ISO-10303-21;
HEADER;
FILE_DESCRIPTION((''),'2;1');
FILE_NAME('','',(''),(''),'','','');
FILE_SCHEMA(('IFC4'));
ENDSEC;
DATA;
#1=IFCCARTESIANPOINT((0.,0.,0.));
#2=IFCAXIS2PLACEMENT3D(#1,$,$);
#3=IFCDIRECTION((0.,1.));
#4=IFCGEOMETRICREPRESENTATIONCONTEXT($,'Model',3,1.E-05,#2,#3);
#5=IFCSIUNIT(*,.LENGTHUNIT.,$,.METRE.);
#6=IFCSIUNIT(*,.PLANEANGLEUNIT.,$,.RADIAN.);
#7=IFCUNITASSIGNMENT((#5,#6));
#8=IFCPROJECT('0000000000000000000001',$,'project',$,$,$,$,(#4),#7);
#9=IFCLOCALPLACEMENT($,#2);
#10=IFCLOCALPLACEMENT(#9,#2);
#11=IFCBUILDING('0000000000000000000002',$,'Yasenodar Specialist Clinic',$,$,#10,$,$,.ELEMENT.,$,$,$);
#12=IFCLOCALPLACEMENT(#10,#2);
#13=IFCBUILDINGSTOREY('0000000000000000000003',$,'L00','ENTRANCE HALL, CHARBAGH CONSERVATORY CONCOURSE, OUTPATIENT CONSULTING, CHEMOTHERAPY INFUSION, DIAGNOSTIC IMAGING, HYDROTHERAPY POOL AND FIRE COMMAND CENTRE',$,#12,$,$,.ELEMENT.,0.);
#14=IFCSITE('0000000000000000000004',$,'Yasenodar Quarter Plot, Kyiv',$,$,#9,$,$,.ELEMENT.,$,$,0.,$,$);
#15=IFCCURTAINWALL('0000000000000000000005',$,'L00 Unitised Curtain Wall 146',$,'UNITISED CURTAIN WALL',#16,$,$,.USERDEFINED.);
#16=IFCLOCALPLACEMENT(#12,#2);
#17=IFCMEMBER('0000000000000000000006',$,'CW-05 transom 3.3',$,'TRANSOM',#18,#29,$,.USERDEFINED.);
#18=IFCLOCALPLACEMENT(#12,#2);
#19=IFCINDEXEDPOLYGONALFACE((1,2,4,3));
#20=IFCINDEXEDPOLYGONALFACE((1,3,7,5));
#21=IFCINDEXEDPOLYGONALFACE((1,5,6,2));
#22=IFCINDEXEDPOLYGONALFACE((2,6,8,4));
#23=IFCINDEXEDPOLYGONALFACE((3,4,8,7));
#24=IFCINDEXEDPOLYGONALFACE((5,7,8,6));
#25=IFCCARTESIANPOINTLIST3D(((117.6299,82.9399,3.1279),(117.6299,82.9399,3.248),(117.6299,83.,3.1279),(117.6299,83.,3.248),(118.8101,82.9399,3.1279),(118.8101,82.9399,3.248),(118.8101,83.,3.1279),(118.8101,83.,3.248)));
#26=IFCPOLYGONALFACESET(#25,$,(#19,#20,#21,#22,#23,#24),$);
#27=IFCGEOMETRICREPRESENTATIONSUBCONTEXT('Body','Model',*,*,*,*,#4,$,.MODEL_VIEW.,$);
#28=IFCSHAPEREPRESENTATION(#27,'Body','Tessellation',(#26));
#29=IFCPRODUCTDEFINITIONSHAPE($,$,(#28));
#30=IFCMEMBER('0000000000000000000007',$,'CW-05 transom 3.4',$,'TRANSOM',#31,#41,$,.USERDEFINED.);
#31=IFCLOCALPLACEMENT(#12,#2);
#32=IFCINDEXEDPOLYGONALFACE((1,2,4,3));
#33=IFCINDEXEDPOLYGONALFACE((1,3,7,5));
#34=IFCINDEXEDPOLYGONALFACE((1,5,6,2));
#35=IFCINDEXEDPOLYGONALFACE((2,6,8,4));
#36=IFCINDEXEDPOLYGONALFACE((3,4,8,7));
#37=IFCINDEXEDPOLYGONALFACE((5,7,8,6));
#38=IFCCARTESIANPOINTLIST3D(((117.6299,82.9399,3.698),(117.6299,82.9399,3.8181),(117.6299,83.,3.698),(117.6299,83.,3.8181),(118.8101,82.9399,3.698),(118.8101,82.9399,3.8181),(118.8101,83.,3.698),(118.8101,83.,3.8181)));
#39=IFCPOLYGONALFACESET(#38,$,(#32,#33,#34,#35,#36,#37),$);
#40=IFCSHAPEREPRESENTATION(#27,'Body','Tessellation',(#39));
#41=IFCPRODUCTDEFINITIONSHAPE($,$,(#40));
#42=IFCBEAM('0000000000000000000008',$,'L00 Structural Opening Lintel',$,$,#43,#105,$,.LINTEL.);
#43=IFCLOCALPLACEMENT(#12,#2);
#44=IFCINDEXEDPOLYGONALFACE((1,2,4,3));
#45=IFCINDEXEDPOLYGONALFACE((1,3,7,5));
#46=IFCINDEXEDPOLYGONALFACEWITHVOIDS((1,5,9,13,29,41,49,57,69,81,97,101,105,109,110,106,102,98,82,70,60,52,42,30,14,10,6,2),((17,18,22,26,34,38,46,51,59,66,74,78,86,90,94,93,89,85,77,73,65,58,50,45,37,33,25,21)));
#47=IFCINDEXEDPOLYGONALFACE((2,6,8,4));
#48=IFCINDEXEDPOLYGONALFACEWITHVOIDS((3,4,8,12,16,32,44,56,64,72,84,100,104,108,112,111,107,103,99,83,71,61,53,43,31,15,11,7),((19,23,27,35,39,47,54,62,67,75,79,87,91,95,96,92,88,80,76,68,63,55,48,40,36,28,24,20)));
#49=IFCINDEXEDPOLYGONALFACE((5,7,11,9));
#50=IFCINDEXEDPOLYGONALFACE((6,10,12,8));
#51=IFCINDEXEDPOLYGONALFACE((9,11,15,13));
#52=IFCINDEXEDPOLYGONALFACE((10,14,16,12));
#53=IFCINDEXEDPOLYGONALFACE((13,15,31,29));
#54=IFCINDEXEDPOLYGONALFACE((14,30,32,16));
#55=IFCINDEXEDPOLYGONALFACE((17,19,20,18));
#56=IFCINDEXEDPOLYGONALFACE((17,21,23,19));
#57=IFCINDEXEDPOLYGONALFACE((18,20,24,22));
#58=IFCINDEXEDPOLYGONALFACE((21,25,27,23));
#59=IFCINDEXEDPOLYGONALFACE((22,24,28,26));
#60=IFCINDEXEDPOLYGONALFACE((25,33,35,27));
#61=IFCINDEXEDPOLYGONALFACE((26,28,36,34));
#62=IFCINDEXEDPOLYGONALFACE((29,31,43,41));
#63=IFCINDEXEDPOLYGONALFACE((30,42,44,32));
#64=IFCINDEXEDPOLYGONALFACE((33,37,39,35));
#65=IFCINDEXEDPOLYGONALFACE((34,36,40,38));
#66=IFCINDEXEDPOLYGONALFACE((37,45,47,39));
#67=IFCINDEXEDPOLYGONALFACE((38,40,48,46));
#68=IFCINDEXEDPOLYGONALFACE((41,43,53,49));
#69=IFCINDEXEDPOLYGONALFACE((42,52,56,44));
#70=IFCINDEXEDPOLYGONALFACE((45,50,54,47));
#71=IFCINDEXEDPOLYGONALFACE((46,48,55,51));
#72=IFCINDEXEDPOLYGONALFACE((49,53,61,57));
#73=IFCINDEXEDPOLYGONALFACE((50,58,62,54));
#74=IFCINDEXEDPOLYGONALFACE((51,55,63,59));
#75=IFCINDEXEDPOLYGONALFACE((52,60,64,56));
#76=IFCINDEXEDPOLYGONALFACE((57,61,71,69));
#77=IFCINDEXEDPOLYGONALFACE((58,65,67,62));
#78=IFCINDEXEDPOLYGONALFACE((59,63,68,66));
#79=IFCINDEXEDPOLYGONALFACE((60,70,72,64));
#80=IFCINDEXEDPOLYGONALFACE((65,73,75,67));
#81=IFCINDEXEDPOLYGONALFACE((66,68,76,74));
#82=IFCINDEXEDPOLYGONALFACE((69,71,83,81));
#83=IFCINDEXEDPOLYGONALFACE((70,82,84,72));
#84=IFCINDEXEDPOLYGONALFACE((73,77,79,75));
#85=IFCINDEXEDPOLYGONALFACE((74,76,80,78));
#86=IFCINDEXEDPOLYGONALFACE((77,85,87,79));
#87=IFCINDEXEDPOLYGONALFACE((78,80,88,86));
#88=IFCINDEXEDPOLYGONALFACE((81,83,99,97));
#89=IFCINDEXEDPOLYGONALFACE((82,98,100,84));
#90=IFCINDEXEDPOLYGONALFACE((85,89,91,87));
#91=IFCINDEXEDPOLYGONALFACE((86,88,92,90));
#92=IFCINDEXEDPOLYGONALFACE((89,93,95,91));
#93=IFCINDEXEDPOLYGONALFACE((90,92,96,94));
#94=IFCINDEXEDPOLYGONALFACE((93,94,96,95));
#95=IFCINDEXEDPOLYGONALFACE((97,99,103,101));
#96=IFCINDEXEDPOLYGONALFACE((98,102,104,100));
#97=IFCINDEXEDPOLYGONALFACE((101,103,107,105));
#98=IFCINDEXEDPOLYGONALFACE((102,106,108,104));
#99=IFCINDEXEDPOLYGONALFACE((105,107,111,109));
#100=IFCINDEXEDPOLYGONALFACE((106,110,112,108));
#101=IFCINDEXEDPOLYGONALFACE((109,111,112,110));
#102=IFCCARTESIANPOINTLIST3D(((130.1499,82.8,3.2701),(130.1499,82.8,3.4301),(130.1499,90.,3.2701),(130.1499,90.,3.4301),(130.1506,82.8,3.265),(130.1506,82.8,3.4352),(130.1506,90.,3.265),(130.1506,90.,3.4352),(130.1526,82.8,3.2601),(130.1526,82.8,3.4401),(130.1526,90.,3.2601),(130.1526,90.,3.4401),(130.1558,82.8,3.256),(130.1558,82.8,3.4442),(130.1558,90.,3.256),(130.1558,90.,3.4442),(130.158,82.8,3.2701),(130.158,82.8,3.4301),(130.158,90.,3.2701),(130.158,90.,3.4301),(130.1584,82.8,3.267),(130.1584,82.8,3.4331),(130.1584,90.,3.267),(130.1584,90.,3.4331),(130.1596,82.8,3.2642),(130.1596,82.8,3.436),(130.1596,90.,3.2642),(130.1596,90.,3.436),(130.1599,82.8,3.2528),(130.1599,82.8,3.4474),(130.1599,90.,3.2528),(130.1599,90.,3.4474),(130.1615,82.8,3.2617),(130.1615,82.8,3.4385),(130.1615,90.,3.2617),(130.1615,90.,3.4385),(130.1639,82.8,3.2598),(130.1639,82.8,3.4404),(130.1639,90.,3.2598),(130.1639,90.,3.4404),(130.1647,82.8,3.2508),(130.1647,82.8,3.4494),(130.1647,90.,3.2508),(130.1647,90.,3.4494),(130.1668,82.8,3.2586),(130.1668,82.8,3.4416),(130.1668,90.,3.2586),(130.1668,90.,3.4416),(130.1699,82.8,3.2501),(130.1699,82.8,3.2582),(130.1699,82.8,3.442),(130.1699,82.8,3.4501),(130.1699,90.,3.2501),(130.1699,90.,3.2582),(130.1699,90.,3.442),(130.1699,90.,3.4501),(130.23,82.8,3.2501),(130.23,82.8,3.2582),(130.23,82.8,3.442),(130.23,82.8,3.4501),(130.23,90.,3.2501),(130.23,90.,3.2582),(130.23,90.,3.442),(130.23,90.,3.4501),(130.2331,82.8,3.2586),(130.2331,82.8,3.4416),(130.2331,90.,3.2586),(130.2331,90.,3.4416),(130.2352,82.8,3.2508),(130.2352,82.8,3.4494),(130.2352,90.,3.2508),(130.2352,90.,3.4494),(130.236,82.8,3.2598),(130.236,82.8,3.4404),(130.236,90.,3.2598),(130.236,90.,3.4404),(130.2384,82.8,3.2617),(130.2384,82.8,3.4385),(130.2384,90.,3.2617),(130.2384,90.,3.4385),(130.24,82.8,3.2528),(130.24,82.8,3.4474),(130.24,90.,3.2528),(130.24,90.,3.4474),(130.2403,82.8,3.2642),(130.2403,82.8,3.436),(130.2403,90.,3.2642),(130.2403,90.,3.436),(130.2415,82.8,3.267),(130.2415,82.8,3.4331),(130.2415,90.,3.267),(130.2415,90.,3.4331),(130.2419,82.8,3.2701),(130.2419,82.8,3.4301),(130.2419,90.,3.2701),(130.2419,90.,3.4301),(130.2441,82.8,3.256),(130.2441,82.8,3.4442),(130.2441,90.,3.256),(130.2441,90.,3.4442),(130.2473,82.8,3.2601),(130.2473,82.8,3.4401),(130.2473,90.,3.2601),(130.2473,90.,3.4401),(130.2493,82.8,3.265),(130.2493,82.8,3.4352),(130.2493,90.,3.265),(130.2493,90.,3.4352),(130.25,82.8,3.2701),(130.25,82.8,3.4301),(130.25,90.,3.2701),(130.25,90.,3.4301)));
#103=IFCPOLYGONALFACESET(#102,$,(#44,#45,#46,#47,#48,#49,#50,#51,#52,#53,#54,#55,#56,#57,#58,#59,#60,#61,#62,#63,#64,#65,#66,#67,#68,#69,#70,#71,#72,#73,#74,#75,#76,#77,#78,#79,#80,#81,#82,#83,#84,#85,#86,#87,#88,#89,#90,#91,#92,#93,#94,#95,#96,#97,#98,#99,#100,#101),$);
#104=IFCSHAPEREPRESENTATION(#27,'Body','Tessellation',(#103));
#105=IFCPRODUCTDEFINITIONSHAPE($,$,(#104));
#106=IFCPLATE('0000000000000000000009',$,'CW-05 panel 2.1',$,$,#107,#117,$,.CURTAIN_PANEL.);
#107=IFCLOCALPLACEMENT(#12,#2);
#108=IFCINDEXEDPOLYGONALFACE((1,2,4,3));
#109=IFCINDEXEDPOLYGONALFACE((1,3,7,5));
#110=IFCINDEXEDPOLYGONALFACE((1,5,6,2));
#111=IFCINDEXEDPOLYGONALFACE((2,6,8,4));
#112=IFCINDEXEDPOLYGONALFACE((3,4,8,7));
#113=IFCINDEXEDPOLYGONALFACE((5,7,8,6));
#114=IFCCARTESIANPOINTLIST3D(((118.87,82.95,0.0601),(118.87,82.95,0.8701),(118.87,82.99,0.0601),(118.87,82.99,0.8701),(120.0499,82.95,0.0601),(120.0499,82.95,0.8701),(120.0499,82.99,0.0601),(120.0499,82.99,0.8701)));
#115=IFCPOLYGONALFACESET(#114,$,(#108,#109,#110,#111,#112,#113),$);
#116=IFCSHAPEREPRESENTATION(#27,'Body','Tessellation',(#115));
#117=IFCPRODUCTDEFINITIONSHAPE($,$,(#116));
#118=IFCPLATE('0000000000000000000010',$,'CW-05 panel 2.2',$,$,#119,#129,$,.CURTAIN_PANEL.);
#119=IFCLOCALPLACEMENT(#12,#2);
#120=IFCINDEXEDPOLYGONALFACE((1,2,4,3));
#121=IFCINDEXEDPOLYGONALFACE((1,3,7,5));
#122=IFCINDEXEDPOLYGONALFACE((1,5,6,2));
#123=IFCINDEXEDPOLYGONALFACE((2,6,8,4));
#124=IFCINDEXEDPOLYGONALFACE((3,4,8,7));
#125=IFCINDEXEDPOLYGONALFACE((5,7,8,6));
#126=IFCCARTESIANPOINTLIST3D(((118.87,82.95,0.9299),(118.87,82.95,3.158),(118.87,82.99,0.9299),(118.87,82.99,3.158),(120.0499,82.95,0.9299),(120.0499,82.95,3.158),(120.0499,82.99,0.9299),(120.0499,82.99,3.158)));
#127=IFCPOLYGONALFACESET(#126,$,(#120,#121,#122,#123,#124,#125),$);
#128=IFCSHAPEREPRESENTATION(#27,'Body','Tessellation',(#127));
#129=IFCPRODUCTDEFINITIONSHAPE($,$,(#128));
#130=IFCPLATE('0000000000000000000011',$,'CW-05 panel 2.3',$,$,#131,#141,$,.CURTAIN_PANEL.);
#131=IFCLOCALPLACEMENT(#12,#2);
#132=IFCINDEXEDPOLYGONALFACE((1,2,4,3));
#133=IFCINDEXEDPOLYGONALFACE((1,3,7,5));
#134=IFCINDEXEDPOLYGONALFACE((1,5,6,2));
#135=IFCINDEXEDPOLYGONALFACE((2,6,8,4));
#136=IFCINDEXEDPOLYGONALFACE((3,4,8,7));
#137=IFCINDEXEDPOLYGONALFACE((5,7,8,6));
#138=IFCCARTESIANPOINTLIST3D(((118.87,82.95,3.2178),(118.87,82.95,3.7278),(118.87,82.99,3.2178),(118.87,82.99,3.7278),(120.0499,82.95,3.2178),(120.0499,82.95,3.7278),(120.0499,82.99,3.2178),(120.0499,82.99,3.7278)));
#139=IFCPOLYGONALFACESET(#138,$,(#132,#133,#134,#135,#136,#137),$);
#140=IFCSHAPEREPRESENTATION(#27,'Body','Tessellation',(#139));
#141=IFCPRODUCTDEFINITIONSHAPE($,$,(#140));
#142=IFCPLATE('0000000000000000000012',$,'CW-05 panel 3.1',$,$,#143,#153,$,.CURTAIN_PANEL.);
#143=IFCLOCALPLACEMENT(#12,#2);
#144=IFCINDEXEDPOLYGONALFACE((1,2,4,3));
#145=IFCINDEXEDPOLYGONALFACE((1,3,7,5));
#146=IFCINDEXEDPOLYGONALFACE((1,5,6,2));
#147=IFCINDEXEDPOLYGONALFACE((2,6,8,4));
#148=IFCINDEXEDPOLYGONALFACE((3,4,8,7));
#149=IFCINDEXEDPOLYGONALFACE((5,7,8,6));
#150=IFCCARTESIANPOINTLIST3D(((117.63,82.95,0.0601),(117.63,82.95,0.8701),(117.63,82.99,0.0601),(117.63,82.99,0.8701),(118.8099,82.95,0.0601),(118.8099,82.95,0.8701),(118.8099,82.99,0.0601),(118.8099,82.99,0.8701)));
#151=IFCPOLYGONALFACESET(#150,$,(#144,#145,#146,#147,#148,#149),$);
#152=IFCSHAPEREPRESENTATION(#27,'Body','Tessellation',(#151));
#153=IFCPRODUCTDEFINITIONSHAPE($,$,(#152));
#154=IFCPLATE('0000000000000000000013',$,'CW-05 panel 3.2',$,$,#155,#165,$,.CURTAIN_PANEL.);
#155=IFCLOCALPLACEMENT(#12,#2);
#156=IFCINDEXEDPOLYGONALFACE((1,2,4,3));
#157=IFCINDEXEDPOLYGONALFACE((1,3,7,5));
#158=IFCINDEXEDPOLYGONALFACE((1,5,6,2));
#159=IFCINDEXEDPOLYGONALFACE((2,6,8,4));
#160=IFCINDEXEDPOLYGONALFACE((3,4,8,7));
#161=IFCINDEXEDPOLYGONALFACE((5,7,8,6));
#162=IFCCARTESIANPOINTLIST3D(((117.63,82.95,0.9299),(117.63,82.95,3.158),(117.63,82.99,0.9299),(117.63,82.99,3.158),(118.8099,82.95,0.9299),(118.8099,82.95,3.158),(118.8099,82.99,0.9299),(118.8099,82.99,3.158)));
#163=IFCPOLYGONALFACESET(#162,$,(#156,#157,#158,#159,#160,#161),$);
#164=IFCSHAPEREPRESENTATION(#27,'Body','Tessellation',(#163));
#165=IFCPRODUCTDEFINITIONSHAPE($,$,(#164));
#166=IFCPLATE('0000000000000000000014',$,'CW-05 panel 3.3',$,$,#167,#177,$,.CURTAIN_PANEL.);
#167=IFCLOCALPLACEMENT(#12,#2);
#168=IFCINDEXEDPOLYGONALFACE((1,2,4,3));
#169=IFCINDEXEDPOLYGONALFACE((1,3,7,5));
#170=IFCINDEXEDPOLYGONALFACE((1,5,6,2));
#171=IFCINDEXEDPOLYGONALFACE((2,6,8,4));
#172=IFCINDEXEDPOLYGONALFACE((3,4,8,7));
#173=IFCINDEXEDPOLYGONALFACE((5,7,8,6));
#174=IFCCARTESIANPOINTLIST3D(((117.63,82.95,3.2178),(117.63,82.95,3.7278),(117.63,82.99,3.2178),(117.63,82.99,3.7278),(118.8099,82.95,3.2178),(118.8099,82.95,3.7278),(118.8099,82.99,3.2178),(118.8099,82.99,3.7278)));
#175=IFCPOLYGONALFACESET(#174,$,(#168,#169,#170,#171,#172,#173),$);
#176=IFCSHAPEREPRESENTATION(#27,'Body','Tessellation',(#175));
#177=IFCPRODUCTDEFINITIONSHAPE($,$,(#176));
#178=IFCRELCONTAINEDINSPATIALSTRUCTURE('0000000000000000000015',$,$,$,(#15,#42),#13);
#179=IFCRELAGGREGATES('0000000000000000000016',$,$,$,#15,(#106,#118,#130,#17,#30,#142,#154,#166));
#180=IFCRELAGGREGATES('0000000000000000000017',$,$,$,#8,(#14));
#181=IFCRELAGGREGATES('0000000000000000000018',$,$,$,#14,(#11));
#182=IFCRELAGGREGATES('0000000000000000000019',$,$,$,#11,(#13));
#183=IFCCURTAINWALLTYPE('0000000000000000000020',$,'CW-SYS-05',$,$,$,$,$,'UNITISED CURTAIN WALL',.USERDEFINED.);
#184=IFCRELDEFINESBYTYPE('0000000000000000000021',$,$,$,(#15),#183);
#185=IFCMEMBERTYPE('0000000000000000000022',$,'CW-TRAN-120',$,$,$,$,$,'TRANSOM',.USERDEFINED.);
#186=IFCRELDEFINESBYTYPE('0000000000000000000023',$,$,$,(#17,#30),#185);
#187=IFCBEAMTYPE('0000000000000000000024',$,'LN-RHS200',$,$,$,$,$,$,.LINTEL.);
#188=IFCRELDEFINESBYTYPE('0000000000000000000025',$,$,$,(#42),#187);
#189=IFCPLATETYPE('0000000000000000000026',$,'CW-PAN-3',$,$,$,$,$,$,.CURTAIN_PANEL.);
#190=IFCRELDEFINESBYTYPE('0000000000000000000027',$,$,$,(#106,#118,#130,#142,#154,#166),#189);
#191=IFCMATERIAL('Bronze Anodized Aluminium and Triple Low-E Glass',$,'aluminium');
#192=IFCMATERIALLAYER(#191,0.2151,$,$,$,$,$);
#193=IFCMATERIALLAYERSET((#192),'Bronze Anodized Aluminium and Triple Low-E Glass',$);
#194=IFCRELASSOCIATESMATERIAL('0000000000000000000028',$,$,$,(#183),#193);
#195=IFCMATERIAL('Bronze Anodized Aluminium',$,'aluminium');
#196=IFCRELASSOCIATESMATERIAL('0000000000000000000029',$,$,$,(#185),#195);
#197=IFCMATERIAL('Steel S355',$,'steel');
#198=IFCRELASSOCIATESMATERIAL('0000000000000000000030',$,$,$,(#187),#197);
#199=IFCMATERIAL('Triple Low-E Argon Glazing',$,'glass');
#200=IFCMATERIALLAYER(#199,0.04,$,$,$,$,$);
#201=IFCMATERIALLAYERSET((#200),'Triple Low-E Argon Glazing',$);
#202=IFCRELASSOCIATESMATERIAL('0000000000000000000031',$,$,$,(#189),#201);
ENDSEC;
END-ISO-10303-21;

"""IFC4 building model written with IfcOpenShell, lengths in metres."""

from ifc_helpers import new_model, si_unit, direction, frame, origin, origin_2d, place, context, subcontext, project, spatial, rectangle, hollow_rectangle, extrude, material, layer, layer_set, material_profile, profile_set, type_object, element, aggregate, save


model = new_model("IFC4")

# Units and contexts
model_context = context("Model", 3, precision=1e-05, world=origin(), true_north=direction((0.0, 1.0)))
body_context = subcontext(model_context, "Body", "Model", "MODEL_VIEW")
ifc_project = project(units=[si_unit("LENGTHUNIT", "METRE"), si_unit("PLANEANGLEUNIT", "RADIAN")], contexts=[model_context])

# Site, building, storey
site_placement = place(None, origin())
site = spatial("IfcSite", under=ifc_project, at=site_placement, Name="Yasenodar Quarter Plot, Kyiv", CompositionType="ELEMENT", RefElevation=0.0)
building_placement = place(site_placement, origin())
building = spatial("IfcBuilding", under=site, at=building_placement, Name="Yasenodar Specialist Clinic", CompositionType="ELEMENT")
storey_placement = place(building_placement, origin())
storey = spatial("IfcBuildingStorey", under=building, at=storey_placement, Name="L00", Description="ENTRANCE HALL, CHARBAGH CONSERVATORY CONCOURSE, OUTPATIENT CONSULTING, CHEMOTHERAPY INFUSION, DIAGNOSTIC IMAGING, HYDROTHERAPY POOL AND FIRE COMMAND CENTRE", CompositionType="ELEMENT", Elevation=0.0)

# Shared definitions
ifc_material_1 = material(Name="Steel S355", Category="steel")

# Curtain wall, members
ifc_material_2 = material(Name="Bronze Anodized Aluminium and Triple Low-E Glass", Category="aluminium")
ifc_layer_1 = layer(ifc_material_2, 0.2151)
ifc_layer_set_1 = layer_set([ifc_layer_1], Name="Bronze Anodized Aluminium and Triple Low-E Glass")
curtain_wall_type = type_object("IfcCurtainWallType", Name="CW-SYS-05", ElementType="UNITISED CURTAIN WALL", PredefinedType="USERDEFINED", material=ifc_layer_set_1)
curtain_wall_placement = place(storey_placement, origin())
curtain_wall = element("IfcCurtainWall", 1, at=curtain_wall_placement, inside=storey, type_object=curtain_wall_type, Name="L00 Unitised Curtain Wall 146", ObjectType="UNITISED CURTAIN WALL", PredefinedType="USERDEFINED")
ifc_material_3 = material(Name="Bronze Anodized Aluminium", Category="aluminium")
ifc_material_profile_1 = material_profile(ifc_material_3, rectangle(XDim=0.0601, YDim=0.1201, at=origin_2d()), Name="CW-TRAN 60x120")
ifc_profile_set_1 = profile_set([ifc_material_profile_1], Name="Bronze Anodized Aluminium")
member_type_1 = type_object("IfcMemberType", Name="CW-TRAN-120", ElementType="TRANSOM", PredefinedType="USERDEFINED", material=ifc_profile_set_1)
member_1_placement = place(storey_placement, frame((118.8101, 82.97, 3.188), z_axis=(-1.0, 0.0, 0.0), x_axis=(0.0, -1.0, 0.0)))
member_1 = element("IfcMember", 2, at=member_1_placement, type_object=member_type_1, Name="CW-05 transom 3.3", ObjectType="TRANSOM", PredefinedType="USERDEFINED", context=body_context, shape_type="SweptSolid", body=[
    extrude(rectangle(XDim=0.0601, YDim=0.1201, at=origin_2d()), origin(), (0.0, 0.0, 1.0), 1.1802),
])
member_2_placement = place(storey_placement, frame((118.8101, 82.97, 3.7581), z_axis=(-1.0, 0.0, 0.0), x_axis=(0.0, -1.0, 0.0)))
member_2 = element("IfcMember", 3, at=member_2_placement, type_object=member_type_1, Name="CW-05 transom 3.4", ObjectType="TRANSOM", PredefinedType="USERDEFINED", context=body_context, shape_type="SweptSolid", body=[
    extrude(rectangle(XDim=0.0601, YDim=0.1201, at=origin_2d()), origin(), (0.0, 0.0, 1.0), 1.1802),
])

# Beam
ifc_material_profile_2 = material_profile(ifc_material_1, hollow_rectangle(XDim=0.1001, YDim=0.2, WallThickness=0.0081, InnerFilletRadius=0.012, OuterFilletRadius=0.02, at=origin_2d()), Name="RHS 200x100x8")
ifc_profile_set_2 = profile_set([ifc_material_profile_2], Name="Steel S355")
beam_type_1 = type_object("IfcBeamType", Name="LN-RHS200", PredefinedType="LINTEL", material=ifc_profile_set_2)
beam_1_placement = place(storey_placement, frame((130.2, 82.8, 3.3501), z_axis=(0.0, 1.0, 0.0), x_axis=(-1.0, 0.0, 0.0)))
element("IfcBeam", 4, at=beam_1_placement, inside=storey, type_object=beam_type_1, Name="L00 Structural Opening Lintel", PredefinedType="LINTEL", context=body_context, shape_type="SweptSolid", body=[
    extrude(hollow_rectangle(XDim=0.1001, YDim=0.2, WallThickness=0.0081, InnerFilletRadius=0.012, OuterFilletRadius=0.02, at=origin_2d()), origin(), (0.0, 0.0, 1.0), 7.2),
])

# Plates
ifc_material_4 = material(Name="Triple Low-E Argon Glazing", Category="glass")
ifc_layer_2 = layer(ifc_material_4, 0.04)
ifc_layer_set_2 = layer_set([ifc_layer_2], Name="Triple Low-E Argon Glazing")
plate_type = type_object("IfcPlateType", Name="CW-PAN-3", PredefinedType="CURTAIN_PANEL", material=ifc_layer_set_2)
plate_1_placement = place(storey_placement, frame((119.46, 82.97, 0.0601), z_axis=(0.0, 0.0, 1.0), x_axis=(-1.0, 0.0, 0.0)))
plate_1 = element("IfcPlate", 5, at=plate_1_placement, type_object=plate_type, Name="CW-05 panel 2.1", PredefinedType="CURTAIN_PANEL", context=body_context, shape_type="SweptSolid", body=[
    extrude(rectangle(XDim=1.1799, YDim=0.04, at=origin_2d()), origin(), (0.0, 0.0, 1.0), 0.8101),
])
plate_2_placement = place(storey_placement, frame((119.46, 82.97, 0.9299), z_axis=(0.0, 0.0, 1.0), x_axis=(-1.0, 0.0, 0.0)))
plate_2 = element("IfcPlate", 6, at=plate_2_placement, type_object=plate_type, Name="CW-05 panel 2.2", PredefinedType="CURTAIN_PANEL", context=body_context, shape_type="SweptSolid", body=[
    extrude(rectangle(XDim=1.1799, YDim=0.04, at=origin_2d()), origin(), (0.0, 0.0, 1.0), 2.228),
])
plate_3_placement = place(storey_placement, frame((119.46, 82.97, 3.2178), z_axis=(0.0, 0.0, 1.0), x_axis=(-1.0, 0.0, 0.0)))
plate_3 = element("IfcPlate", 7, at=plate_3_placement, type_object=plate_type, Name="CW-05 panel 2.3", PredefinedType="CURTAIN_PANEL", context=body_context, shape_type="SweptSolid", body=[
    extrude(rectangle(XDim=1.1799, YDim=0.04, at=origin_2d()), origin(), (0.0, 0.0, 1.0), 0.51),
])
plate_4_placement = place(storey_placement, frame((118.22, 82.97, 0.0601), z_axis=(0.0, 0.0, 1.0), x_axis=(-1.0, 0.0, 0.0)))
plate_4 = element("IfcPlate", 8, at=plate_4_placement, type_object=plate_type, Name="CW-05 panel 3.1", PredefinedType="CURTAIN_PANEL", context=body_context, shape_type="SweptSolid", body=[
    extrude(rectangle(XDim=1.1799, YDim=0.04, at=origin_2d()), origin(), (0.0, 0.0, 1.0), 0.8101),
])
plate_5_placement = place(storey_placement, frame((118.22, 82.97, 0.9299), z_axis=(0.0, 0.0, 1.0), x_axis=(-1.0, 0.0, 0.0)))
plate_5 = element("IfcPlate", 9, at=plate_5_placement, type_object=plate_type, Name="CW-05 panel 3.2", PredefinedType="CURTAIN_PANEL", context=body_context, shape_type="SweptSolid", body=[
    extrude(rectangle(XDim=1.1799, YDim=0.04, at=origin_2d()), origin(), (0.0, 0.0, 1.0), 2.228),
])
plate_6_placement = place(storey_placement, frame((118.22, 82.97, 3.2178), z_axis=(0.0, 0.0, 1.0), x_axis=(-1.0, 0.0, 0.0)))
plate_6 = element("IfcPlate", 10, at=plate_6_placement, type_object=plate_type, Name="CW-05 panel 3.3", PredefinedType="CURTAIN_PANEL", context=body_context, shape_type="SweptSolid", body=[
    extrude(rectangle(XDim=1.1799, YDim=0.04, at=origin_2d()), origin(), (0.0, 0.0, 1.0), 0.51),
])
aggregate(curtain_wall, [plate_1, plate_2, plate_3, member_1, member_2, plate_4, plate_5, plate_6])

save(model, "model.ifc")
